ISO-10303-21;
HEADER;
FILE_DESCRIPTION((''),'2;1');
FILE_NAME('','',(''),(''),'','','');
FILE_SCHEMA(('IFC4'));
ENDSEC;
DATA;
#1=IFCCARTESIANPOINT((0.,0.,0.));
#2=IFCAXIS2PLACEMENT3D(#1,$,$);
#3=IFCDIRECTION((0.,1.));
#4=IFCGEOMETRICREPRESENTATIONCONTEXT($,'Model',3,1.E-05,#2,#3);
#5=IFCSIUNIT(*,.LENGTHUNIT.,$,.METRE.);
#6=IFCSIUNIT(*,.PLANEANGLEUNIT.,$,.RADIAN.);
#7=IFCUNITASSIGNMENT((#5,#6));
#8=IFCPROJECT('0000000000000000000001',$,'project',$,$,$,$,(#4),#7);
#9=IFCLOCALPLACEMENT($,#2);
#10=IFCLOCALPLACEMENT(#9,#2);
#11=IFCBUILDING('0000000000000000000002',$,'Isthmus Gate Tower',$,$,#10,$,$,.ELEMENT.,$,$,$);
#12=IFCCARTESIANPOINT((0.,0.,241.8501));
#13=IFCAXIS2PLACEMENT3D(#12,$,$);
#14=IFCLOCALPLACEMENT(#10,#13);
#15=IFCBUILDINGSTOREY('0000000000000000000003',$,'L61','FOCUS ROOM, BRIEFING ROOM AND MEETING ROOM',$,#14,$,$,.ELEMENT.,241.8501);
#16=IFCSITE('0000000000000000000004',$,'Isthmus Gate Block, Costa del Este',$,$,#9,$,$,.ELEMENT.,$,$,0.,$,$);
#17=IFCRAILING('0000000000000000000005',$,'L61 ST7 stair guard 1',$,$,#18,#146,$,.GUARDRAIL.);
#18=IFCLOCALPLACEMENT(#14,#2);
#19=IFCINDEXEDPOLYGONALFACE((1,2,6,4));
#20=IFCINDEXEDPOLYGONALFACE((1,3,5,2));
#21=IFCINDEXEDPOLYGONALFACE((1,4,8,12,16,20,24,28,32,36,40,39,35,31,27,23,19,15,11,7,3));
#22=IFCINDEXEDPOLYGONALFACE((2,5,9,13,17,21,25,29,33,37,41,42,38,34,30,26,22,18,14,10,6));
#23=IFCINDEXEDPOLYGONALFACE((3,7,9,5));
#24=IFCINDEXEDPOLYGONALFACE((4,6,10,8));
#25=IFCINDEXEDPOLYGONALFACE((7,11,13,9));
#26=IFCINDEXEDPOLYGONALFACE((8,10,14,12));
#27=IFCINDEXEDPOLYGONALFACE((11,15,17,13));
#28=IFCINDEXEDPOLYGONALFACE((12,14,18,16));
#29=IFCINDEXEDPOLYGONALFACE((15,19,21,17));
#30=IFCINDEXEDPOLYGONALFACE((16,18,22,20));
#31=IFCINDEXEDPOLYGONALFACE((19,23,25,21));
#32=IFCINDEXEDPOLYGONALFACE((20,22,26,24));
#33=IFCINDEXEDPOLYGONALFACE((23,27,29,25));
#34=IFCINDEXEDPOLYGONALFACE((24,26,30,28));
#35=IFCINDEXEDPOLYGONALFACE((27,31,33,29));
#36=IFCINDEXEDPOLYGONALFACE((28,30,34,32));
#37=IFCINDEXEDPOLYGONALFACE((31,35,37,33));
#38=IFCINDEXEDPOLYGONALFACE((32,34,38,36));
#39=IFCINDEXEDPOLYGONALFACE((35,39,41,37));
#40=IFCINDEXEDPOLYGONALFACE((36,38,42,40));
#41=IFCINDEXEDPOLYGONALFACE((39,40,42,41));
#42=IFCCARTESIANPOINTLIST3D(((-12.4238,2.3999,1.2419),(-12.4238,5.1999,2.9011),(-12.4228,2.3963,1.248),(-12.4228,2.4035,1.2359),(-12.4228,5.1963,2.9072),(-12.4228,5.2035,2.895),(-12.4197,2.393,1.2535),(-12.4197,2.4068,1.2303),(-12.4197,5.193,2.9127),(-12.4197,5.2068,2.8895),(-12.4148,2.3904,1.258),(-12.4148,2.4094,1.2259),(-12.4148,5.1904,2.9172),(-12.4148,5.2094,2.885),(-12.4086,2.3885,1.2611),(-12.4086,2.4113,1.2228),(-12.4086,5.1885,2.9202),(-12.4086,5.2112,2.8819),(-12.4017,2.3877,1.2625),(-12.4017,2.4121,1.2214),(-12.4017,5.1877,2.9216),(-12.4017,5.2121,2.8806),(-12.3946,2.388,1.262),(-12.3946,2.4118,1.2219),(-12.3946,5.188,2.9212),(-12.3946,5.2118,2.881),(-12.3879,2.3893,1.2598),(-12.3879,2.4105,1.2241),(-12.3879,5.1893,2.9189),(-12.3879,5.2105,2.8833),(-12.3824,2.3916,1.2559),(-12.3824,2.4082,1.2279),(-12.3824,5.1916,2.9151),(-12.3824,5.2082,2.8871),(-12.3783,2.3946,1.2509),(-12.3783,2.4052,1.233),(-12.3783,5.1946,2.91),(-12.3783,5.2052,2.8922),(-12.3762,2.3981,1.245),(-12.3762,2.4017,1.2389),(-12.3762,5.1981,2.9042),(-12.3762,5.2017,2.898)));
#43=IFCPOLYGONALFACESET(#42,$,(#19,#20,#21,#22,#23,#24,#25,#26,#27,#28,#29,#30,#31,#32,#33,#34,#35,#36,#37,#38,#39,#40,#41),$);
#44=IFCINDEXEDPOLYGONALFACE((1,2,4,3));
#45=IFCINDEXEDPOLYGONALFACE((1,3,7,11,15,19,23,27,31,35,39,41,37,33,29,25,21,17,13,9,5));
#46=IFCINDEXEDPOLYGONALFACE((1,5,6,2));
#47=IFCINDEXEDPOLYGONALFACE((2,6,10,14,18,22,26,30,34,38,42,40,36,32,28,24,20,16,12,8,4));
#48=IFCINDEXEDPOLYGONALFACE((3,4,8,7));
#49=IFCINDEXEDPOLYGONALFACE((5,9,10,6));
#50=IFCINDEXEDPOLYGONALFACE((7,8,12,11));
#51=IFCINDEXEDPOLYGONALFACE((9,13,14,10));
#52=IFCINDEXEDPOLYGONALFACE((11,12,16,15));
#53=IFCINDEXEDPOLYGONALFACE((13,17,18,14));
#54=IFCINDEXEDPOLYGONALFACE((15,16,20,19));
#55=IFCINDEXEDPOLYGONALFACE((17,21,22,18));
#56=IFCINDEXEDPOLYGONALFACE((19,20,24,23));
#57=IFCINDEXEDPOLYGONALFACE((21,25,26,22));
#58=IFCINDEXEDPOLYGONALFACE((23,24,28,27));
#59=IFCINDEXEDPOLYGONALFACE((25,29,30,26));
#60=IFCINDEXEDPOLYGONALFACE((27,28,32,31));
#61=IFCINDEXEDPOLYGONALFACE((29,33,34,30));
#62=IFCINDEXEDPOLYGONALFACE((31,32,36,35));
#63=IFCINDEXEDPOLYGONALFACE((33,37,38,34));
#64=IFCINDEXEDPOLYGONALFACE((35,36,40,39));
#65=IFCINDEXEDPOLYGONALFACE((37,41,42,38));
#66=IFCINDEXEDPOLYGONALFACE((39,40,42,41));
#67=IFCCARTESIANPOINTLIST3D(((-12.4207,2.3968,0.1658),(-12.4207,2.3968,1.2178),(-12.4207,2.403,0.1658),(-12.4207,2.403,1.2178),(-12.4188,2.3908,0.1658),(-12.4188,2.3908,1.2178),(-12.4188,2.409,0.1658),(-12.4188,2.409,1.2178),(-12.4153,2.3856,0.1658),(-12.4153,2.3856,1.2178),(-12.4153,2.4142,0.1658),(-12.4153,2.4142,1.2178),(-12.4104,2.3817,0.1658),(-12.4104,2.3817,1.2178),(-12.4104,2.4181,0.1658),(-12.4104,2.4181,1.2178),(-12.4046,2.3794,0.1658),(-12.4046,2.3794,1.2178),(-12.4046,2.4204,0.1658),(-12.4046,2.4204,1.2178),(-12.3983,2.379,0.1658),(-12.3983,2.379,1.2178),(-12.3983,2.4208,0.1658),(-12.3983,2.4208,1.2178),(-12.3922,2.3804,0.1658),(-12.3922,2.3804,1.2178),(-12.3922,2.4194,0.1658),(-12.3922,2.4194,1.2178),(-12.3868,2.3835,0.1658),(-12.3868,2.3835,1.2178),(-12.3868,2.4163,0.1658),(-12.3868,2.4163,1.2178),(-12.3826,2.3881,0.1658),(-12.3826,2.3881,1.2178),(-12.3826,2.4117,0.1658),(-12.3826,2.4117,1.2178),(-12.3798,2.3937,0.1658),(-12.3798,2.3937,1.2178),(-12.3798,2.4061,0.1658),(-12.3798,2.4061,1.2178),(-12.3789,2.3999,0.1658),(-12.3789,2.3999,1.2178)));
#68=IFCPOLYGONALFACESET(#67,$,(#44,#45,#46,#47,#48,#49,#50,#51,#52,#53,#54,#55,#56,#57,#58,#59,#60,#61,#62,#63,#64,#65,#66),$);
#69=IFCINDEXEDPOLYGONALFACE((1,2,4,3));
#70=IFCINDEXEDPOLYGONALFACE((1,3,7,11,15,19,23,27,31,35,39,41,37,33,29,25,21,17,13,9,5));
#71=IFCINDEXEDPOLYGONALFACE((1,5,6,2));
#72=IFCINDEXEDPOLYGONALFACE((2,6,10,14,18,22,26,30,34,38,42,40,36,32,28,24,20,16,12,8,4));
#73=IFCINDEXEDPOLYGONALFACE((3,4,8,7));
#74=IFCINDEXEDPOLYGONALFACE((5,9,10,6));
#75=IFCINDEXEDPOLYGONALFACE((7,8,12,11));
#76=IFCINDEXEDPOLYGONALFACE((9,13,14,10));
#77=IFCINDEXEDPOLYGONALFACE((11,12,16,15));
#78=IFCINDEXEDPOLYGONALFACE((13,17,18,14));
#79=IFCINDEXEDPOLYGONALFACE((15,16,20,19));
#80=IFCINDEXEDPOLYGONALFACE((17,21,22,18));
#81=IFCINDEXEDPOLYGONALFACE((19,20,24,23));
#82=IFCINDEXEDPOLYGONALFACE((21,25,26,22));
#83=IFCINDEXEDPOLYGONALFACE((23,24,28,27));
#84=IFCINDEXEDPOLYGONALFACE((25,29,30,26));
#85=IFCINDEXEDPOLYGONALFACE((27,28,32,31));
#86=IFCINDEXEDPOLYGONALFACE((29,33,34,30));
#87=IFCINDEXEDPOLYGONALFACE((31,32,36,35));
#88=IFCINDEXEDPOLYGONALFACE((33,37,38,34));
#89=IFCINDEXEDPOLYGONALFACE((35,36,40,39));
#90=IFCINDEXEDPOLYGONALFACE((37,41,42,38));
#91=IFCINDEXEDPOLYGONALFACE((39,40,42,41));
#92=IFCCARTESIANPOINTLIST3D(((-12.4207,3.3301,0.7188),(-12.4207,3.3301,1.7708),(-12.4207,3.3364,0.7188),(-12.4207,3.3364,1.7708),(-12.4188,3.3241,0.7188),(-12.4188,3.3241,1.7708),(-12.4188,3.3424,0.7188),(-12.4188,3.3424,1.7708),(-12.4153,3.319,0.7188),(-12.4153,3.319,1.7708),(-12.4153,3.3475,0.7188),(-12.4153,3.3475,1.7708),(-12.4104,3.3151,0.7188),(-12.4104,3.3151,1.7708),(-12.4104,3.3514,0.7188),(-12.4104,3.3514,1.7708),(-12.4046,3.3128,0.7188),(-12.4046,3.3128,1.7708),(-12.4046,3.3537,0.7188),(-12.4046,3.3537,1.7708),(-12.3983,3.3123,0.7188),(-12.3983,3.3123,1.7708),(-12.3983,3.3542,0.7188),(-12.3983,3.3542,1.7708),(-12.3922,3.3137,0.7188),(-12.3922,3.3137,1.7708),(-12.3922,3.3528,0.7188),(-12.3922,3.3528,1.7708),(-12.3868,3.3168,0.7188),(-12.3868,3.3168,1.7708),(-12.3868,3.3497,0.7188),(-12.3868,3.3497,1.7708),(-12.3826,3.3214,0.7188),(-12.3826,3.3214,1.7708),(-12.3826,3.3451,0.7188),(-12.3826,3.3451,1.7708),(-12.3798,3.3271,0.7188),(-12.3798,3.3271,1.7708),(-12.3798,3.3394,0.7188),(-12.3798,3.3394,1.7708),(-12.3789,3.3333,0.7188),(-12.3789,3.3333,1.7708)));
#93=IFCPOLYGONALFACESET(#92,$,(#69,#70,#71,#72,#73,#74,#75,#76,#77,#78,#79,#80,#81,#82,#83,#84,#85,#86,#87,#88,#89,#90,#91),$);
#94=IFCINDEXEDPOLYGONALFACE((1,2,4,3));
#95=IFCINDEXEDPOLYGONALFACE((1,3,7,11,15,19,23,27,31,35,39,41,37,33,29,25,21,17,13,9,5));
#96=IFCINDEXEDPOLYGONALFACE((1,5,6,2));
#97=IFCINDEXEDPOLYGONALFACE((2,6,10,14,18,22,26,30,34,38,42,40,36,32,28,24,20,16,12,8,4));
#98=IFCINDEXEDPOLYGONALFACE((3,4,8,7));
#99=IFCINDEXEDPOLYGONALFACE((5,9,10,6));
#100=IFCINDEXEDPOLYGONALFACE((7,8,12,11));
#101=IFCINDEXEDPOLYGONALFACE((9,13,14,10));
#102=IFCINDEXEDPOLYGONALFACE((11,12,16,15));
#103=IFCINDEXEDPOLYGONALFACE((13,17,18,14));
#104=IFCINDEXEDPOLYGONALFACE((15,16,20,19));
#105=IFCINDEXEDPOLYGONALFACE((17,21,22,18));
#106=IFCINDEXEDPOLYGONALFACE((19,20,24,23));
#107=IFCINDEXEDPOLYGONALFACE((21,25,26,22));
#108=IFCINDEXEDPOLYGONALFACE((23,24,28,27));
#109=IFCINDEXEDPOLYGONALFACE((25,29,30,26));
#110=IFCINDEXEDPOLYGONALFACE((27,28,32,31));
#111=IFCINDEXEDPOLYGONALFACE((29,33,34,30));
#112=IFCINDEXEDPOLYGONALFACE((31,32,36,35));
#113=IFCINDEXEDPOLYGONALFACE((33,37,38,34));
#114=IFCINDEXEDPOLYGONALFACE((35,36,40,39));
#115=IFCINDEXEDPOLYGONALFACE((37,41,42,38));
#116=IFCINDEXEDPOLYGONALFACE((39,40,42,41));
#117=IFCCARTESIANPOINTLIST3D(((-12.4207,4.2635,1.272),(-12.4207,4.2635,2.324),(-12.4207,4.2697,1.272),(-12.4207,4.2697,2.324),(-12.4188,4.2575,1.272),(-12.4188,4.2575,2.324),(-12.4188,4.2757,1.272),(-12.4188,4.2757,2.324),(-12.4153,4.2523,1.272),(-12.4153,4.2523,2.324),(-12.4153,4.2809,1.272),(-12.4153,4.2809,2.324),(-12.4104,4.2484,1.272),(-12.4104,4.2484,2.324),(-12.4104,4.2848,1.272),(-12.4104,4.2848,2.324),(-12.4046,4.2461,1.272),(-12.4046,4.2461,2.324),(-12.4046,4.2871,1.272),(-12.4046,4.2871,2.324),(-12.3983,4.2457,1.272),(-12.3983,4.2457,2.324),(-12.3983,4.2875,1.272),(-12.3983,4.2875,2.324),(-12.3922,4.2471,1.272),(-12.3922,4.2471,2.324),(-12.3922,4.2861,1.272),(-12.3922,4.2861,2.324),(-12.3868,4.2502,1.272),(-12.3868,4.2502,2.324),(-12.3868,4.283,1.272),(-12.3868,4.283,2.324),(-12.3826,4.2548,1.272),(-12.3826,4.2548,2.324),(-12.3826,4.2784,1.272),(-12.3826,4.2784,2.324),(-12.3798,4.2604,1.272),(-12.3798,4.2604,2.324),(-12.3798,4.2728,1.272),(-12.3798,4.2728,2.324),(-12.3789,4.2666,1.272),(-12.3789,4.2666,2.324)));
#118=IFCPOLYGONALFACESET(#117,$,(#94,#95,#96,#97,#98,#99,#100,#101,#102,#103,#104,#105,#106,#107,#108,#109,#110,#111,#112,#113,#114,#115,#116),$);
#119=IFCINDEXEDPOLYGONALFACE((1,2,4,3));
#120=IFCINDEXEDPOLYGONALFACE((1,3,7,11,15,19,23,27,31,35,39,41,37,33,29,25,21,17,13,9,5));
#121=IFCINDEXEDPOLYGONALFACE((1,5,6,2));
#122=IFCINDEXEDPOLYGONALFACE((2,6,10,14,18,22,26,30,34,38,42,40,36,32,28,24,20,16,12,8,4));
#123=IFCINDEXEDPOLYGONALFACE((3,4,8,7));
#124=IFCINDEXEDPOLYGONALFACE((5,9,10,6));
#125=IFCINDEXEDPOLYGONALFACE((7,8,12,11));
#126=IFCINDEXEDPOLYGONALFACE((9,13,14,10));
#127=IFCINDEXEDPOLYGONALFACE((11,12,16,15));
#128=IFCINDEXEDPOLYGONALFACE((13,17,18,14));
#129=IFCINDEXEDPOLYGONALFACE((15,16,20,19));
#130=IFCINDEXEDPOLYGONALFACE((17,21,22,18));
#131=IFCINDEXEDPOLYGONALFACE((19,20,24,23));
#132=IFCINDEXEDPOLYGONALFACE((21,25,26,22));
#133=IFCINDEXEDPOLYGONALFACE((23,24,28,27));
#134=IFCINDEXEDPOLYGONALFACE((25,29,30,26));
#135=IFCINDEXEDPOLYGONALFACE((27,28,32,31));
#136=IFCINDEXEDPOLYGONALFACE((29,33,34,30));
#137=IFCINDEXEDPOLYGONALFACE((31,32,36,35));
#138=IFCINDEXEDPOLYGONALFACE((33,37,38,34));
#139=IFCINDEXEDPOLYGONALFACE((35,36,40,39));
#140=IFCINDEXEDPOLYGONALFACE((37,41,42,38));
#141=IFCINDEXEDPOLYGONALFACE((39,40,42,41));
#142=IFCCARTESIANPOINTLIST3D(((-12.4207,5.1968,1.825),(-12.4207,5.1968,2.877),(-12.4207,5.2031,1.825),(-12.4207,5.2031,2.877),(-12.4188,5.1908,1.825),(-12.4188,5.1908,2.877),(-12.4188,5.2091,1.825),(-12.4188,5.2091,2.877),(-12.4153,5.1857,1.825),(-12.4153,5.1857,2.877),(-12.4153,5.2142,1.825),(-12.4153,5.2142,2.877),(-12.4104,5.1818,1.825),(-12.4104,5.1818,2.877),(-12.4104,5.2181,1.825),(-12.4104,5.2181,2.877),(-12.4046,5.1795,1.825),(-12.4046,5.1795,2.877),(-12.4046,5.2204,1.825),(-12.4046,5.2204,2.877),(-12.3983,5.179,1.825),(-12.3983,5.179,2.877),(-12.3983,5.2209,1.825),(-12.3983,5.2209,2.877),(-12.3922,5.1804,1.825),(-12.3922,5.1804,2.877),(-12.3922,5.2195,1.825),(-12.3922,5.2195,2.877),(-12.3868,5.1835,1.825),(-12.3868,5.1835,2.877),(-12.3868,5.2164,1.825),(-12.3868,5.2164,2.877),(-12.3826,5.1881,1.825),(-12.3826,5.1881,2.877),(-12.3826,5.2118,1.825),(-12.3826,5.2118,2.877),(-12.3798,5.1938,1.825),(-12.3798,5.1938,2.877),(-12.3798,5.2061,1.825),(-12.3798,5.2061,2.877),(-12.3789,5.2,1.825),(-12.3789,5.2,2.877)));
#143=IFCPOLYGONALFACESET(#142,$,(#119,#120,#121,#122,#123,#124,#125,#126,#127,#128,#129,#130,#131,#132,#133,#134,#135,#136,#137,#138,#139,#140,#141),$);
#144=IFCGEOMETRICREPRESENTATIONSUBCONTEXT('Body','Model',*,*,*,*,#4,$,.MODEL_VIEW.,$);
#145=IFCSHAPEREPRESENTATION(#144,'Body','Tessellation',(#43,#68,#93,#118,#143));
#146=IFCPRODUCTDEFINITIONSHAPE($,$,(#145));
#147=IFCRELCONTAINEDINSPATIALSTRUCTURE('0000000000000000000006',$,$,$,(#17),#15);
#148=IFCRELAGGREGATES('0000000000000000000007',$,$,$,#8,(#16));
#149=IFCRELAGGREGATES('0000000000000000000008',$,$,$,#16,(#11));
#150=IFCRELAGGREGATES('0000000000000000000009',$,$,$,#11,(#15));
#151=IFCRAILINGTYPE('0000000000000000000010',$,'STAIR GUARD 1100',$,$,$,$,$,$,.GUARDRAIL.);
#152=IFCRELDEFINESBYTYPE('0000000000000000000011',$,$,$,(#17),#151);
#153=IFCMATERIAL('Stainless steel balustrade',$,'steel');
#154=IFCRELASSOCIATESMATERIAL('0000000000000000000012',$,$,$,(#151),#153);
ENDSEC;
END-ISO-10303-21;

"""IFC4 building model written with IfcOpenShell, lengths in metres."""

from ifc_helpers import new_model, si_unit, direction, frame, origin, origin_2d, place, context, subcontext, project, spatial, circle, extrude, material, type_object, element, save


model = new_model("IFC4")

# Units and contexts
model_context = context("Model", 3, precision=1e-05, world=origin(), true_north=direction((0.0, 1.0)))
body_context = subcontext(model_context, "Body", "Model", "MODEL_VIEW")
ifc_project = project(units=[si_unit("LENGTHUNIT", "METRE"), si_unit("PLANEANGLEUNIT", "RADIAN")], contexts=[model_context])

# Site, building, storey
site_placement = place(None, origin())
site = spatial("IfcSite", under=ifc_project, at=site_placement, Name="Isthmus Gate Block, Costa del Este", CompositionType="ELEMENT", RefElevation=0.0)
building_placement = place(site_placement, origin())
building = spatial("IfcBuilding", under=site, at=building_placement, Name="Isthmus Gate Tower", CompositionType="ELEMENT")
storey_placement = place(building_placement, frame((0.0, 0.0, 241.8501)))
storey = spatial("IfcBuildingStorey", under=building, at=storey_placement, Name="L61", Description="FOCUS ROOM, BRIEFING ROOM AND MEETING ROOM", CompositionType="ELEMENT", Elevation=241.8501)

# Railing
ifc_material_1 = material(Name="Stainless steel balustrade", Category="steel")
railing_type = type_object("IfcRailingType", Name="STAIR GUARD 1100", PredefinedType="GUARDRAIL", material=ifc_material_1)
railing_1_placement = place(storey_placement, frame((-12.3999, 2.3999, 0.1658)))
element("IfcRailing", 1, at=railing_1_placement, inside=storey, type_object=railing_type, Name="L61 ST7 stair guard 1", PredefinedType="GUARDRAIL", context=body_context, shape_type="SweptSolid", body=[
    extrude(circle(Radius=0.0239, at=origin_2d()), frame((0.0, 0.0, 1.0762), z_axis=(0.0, 0.860306, 0.509778), x_axis=(-1.0, 0.0, 0.0)), (0.0, 0.0, 1.0), 3.2546),
    extrude(circle(Radius=0.021, at=origin_2d()), origin(), (0.0, 0.0, 1.0), 1.052),
    extrude(circle(Radius=0.021, at=origin_2d()), frame((0.0, 0.9333, 0.553)), (0.0, 0.0, 1.0), 1.052),
    extrude(circle(Radius=0.021, at=origin_2d()), frame((0.0, 1.8667, 1.1062)), (0.0, 0.0, 1.0), 1.052),
    extrude(circle(Radius=0.021, at=origin_2d()), frame((0.0, 2.8, 1.6592)), (0.0, 0.0, 1.0), 1.052),
])

save(model, "model.ifc")
